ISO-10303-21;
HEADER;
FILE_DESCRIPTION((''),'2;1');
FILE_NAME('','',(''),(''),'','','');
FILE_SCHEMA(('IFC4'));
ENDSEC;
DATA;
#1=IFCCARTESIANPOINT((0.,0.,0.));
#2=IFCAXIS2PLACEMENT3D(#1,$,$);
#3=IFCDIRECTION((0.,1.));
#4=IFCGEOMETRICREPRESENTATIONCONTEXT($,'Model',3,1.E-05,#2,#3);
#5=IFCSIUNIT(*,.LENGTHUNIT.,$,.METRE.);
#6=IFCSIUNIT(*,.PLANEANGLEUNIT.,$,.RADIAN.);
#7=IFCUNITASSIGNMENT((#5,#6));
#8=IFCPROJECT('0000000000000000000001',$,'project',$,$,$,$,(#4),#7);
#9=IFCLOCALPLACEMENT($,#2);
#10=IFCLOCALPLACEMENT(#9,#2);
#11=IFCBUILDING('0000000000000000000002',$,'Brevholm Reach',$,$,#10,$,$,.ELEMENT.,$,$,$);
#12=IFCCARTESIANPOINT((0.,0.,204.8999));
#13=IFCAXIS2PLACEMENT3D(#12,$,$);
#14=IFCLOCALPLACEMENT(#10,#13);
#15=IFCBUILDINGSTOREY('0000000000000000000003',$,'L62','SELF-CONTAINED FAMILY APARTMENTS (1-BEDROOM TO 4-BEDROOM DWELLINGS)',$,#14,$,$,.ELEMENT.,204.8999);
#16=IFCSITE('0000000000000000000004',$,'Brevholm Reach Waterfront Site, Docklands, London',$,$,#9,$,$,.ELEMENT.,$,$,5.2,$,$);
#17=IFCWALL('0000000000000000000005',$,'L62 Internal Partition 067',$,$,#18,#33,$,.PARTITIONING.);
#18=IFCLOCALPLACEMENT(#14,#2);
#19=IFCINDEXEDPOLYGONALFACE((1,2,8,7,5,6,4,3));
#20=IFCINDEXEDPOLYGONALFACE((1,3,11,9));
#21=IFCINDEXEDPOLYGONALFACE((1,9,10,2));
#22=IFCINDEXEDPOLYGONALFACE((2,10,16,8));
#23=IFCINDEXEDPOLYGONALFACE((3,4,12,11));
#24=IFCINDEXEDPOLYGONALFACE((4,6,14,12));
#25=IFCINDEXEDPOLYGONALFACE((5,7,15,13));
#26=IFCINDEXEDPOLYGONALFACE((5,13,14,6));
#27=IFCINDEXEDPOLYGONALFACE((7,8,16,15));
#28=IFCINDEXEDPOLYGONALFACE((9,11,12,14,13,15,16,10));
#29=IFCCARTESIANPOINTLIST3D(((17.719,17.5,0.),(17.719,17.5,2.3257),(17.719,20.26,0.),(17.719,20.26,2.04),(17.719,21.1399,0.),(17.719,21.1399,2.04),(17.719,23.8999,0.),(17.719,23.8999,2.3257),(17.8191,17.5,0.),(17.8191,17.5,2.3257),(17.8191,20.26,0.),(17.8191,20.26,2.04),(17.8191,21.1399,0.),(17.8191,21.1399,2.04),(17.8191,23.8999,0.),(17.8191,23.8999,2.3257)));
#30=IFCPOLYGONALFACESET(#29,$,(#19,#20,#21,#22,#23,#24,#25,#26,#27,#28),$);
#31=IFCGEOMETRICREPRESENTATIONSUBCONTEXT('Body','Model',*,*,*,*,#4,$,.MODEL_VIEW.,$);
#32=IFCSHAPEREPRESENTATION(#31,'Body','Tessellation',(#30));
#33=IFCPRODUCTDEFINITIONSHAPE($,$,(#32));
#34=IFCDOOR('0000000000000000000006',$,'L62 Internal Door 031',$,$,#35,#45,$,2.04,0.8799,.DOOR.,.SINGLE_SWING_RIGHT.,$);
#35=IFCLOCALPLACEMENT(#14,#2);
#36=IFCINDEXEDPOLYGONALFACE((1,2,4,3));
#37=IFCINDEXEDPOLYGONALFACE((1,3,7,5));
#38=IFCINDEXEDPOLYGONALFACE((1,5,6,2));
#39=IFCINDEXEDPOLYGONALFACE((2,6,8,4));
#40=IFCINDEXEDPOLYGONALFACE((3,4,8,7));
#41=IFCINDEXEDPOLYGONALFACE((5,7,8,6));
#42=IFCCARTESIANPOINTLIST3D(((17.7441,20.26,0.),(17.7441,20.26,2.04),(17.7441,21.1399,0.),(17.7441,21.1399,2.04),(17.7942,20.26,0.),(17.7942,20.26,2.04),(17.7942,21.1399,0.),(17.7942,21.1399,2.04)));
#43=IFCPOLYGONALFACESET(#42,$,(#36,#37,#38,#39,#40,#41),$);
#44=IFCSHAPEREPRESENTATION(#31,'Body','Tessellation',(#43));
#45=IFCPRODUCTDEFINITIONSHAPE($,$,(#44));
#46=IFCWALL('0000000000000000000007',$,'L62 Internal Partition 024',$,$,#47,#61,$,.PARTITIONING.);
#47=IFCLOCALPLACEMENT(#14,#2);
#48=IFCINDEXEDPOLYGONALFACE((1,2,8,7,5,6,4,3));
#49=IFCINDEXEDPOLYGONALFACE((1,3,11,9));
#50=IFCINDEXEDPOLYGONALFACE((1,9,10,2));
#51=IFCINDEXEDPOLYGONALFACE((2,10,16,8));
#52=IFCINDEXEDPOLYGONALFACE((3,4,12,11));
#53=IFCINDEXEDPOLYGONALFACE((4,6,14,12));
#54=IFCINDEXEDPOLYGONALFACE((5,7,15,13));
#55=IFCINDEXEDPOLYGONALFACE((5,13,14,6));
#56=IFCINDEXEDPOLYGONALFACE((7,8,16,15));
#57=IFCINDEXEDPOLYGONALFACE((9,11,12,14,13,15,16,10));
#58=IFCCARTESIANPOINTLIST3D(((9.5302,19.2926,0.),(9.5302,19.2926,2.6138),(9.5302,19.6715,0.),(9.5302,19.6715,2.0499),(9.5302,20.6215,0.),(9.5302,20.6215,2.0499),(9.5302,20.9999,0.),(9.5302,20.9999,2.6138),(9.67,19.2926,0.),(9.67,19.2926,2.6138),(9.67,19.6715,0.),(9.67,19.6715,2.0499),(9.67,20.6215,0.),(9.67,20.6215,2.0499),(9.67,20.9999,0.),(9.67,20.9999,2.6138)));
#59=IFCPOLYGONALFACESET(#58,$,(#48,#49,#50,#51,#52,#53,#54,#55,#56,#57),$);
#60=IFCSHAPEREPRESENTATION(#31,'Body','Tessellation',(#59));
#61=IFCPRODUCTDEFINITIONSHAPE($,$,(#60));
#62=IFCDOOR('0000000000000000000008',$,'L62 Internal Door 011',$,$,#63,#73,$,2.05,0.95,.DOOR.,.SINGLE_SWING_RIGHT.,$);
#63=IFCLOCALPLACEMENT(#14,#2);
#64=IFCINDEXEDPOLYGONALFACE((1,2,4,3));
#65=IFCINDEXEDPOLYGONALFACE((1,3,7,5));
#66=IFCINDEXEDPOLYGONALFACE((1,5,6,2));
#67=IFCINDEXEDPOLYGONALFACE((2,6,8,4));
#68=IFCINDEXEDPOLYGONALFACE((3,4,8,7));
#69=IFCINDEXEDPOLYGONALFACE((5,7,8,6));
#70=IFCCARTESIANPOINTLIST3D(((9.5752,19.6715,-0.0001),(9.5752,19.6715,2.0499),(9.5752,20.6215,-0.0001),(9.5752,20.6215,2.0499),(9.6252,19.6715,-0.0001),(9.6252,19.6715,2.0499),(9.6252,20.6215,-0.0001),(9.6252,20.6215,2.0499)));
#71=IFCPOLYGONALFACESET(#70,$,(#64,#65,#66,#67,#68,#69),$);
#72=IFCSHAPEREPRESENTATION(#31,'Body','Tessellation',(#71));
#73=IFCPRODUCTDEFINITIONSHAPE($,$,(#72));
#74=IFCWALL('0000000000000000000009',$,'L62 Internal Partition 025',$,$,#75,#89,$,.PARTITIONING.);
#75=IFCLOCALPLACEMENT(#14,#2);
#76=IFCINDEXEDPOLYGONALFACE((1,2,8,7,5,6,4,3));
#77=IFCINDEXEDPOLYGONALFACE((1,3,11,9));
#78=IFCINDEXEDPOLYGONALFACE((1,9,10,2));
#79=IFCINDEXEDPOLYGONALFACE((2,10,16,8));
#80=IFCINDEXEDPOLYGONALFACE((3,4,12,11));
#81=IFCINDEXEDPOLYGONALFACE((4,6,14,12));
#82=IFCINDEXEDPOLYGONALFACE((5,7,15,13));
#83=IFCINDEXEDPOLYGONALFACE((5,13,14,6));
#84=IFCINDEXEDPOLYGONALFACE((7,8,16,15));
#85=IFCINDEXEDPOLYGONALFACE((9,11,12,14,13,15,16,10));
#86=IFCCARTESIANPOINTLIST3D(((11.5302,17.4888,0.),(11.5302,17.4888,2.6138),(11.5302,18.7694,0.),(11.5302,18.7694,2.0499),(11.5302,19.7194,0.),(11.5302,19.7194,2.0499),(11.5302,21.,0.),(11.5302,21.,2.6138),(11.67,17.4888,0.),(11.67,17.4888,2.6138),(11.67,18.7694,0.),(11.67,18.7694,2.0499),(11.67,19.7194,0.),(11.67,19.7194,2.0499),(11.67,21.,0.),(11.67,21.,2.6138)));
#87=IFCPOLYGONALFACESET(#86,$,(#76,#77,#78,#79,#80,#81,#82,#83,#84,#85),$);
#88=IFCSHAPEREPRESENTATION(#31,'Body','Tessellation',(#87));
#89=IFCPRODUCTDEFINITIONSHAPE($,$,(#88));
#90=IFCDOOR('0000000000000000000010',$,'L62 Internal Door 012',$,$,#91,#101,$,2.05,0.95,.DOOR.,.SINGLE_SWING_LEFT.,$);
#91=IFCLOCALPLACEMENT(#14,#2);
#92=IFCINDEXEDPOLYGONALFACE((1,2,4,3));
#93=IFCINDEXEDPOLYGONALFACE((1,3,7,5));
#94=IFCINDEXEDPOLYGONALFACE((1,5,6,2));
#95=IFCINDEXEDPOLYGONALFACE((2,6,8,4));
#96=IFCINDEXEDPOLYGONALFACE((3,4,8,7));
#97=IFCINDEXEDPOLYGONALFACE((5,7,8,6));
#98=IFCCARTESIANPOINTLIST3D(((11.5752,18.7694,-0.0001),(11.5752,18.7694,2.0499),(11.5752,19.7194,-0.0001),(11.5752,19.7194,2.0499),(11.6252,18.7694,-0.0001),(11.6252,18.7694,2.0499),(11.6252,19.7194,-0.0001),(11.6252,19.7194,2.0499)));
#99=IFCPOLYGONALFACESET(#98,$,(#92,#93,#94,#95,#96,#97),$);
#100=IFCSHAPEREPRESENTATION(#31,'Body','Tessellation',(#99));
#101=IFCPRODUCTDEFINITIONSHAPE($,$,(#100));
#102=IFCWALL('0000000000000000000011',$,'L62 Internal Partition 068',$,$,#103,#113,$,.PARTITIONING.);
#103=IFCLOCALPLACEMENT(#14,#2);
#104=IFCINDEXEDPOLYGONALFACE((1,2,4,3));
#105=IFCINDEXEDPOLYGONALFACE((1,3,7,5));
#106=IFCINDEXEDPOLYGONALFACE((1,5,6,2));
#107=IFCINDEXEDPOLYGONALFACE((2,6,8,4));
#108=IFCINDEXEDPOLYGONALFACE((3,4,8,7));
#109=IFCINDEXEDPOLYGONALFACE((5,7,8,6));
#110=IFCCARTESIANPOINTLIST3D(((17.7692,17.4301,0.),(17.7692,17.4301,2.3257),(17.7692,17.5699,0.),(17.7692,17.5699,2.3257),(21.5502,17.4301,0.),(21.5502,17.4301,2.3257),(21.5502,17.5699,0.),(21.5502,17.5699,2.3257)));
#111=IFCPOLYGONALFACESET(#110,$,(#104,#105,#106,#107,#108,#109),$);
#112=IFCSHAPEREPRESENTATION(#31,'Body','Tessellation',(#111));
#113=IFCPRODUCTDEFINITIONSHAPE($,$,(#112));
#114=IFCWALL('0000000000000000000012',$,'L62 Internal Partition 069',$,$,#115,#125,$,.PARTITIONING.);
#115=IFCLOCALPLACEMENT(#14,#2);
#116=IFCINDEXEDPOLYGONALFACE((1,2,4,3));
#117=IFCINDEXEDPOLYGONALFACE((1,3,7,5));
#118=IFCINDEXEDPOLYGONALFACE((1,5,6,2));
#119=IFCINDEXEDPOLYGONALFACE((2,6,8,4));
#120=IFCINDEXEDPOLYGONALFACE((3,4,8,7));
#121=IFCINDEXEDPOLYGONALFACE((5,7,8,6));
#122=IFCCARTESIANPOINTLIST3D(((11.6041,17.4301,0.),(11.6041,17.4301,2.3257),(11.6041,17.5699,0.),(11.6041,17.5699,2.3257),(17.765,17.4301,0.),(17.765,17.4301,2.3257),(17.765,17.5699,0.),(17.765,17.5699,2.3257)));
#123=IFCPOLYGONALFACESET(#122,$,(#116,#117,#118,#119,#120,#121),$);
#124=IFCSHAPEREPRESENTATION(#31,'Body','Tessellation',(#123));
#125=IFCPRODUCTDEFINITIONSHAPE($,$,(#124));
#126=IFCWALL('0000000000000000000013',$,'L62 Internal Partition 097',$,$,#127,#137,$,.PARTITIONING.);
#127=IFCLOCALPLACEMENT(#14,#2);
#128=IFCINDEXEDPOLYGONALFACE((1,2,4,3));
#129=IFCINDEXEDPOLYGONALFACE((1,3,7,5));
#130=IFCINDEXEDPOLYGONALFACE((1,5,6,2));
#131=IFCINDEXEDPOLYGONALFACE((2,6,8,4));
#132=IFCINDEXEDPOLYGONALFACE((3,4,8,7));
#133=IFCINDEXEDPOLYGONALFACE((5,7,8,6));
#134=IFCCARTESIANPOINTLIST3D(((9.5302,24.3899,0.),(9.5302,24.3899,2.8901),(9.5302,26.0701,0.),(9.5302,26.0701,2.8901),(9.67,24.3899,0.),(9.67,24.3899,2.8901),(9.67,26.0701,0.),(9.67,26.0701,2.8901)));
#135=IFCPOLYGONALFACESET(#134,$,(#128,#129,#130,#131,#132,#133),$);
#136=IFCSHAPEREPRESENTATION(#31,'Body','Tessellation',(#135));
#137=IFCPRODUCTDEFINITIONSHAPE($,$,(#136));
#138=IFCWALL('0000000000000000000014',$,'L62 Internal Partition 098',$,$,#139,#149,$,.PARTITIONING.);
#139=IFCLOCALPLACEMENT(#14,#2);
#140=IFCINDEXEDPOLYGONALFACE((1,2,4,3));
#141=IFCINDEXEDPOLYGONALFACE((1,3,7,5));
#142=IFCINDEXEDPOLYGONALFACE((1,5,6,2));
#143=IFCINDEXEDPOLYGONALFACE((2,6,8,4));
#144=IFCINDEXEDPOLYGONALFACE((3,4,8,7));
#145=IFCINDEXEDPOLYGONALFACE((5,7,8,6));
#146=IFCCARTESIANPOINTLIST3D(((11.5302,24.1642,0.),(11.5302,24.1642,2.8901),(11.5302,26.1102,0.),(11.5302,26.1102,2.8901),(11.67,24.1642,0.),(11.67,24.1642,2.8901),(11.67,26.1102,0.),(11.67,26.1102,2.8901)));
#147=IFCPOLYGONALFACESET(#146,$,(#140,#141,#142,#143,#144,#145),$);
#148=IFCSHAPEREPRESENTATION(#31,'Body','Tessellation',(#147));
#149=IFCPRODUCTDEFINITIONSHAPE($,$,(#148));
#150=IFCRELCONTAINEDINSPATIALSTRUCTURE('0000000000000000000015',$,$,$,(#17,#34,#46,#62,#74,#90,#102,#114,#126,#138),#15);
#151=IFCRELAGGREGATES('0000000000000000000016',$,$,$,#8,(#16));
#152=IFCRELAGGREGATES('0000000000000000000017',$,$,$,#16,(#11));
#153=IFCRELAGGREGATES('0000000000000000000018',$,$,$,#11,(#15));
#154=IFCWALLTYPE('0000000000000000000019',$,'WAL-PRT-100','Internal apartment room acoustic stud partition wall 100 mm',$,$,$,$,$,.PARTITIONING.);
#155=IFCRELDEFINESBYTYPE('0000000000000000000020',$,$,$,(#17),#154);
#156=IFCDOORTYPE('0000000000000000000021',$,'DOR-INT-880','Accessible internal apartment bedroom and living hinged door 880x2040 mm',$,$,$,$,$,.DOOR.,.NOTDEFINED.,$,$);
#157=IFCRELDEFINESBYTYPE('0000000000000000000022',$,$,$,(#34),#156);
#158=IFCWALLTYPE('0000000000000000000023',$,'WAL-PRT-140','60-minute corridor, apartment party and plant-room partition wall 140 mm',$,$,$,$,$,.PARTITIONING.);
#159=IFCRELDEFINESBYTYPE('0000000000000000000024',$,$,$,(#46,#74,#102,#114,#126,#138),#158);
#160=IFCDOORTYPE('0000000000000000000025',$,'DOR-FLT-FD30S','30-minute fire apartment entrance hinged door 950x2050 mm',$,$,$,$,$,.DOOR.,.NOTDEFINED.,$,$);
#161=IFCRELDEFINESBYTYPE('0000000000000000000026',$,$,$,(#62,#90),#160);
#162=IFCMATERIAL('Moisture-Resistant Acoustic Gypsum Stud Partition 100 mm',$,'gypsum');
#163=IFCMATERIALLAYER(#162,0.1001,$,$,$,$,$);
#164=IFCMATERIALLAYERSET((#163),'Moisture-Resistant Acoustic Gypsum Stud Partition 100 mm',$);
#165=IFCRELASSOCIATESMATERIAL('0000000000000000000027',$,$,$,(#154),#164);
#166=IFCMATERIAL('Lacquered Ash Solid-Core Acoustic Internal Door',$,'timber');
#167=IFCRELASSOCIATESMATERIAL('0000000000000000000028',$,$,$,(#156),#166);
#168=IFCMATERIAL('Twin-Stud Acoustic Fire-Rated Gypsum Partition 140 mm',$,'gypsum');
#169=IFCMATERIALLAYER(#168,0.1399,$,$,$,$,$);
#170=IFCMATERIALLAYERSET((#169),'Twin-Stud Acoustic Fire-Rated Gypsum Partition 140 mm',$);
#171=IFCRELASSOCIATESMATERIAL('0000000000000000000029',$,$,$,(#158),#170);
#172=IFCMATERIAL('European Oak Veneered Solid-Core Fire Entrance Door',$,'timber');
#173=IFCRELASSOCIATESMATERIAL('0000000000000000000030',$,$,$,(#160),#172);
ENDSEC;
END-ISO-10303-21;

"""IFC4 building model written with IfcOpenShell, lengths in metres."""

from ifc_helpers import new_model, si_unit, direction, frame, frame_2d, origin, place, context, subcontext, project, spatial, rectangle, extrude, material, layer, layer_set, type_object, element, fill, save


model = new_model("IFC4")

# Units and contexts
model_context = context("Model", 3, precision=1e-05, world=origin(), true_north=direction((0.0, 1.0)))
body_context = subcontext(model_context, "Body", "Model", "MODEL_VIEW")
ifc_project = project(units=[si_unit("LENGTHUNIT", "METRE"), si_unit("PLANEANGLEUNIT", "RADIAN")], contexts=[model_context])

# Site, building, storey
site_placement = place(None, origin())
site = spatial("IfcSite", under=ifc_project, at=site_placement, Name="Brevholm Reach Waterfront Site, Docklands, London", CompositionType="ELEMENT", RefElevation=5.2)
building_placement = place(site_placement, origin())
building = spatial("IfcBuilding", under=site, at=building_placement, Name="Brevholm Reach", CompositionType="ELEMENT")
storey_placement = place(building_placement, frame((0.0, 0.0, 204.8999)))
storey = spatial("IfcBuildingStorey", under=building, at=storey_placement, Name="L62", Description="SELF-CONTAINED FAMILY APARTMENTS (1-BEDROOM TO 4-BEDROOM DWELLINGS)", CompositionType="ELEMENT", Elevation=204.8999)

# Shared definitions
ifc_material_1 = material(Name="Moisture-Resistant Acoustic Gypsum Stud Partition 100 mm", Category="gypsum")
ifc_layer_1 = layer(ifc_material_1, 0.1001)
ifc_layer_set_1 = layer_set([ifc_layer_1], Name="Moisture-Resistant Acoustic Gypsum Stud Partition 100 mm")
wall_type_1 = type_object("IfcWallType", Name="WAL-PRT-100", Description="Internal apartment room acoustic stud partition wall 100 mm", PredefinedType="PARTITIONING", material=ifc_layer_set_1)

# Shared definitions
ifc_material_2 = material(Name="Lacquered Ash Solid-Core Acoustic Internal Door", Category="timber")
door_type_1 = type_object("IfcDoorType", Name="DOR-INT-880", Description="Accessible internal apartment bedroom and living hinged door 880x2040 mm", OperationType="NOTDEFINED", PredefinedType="DOOR", material=ifc_material_2)

# Walls, openings, doors
wall_1_placement = place(storey_placement, frame((17.769, 17.5, 0.0), z_axis=(0.0, 0.0, 1.0), x_axis=(0.0, 1.0, 0.0)))
wall_1 = element("IfcWall", 1, at=wall_1_placement, inside=storey, type_object=wall_type_1, Name="L62 Internal Partition 067", PredefinedType="PARTITIONING", context=body_context, shape_type="SweptSolid", body=[
    extrude(rectangle(XDim=6.3999, YDim=0.1001, at=frame_2d((3.2, 0.0))), origin(), (0.0, 0.0, 1.0), 2.3257),
])
opening_1_placement = place(wall_1_placement, frame((2.76, 0.0, 0.0)))
opening_1 = element("IfcOpeningElement", 2, at=opening_1_placement, cuts=wall_1, PredefinedType="OPENING", context=body_context, shape_type="SweptSolid", body=[
    extrude(rectangle(XDim=0.8799, YDim=2.04, at=frame_2d((0.4399, 1.02))), frame((0.0, 0.0601, 0.0), z_axis=(0.0, -1.0, 0.0), x_axis=(1.0, 0.0, 0.0)), (0.0, 0.0, 1.0), 0.1201),
])
door_1_placement = place(opening_1_placement, origin())
door_1 = element("IfcDoor", 3, at=door_1_placement, inside=storey, type_object=door_type_1, Name="L62 Internal Door 031", OperationType="SINGLE_SWING_RIGHT", OverallHeight=2.04, OverallWidth=0.8799, PredefinedType="DOOR", context=body_context, shape_type="SweptSolid", body=[
    extrude(rectangle(XDim=0.8799, YDim=2.04, at=frame_2d((0.4399, 1.02))), frame((0.0, 0.0249, 0.0), z_axis=(0.0, -1.0, 0.0), x_axis=(1.0, 0.0, 0.0)), (0.0, 0.0, 1.0), 0.05),
])
fill(opening_1, door_1)
ifc_material_3 = material(Name="Twin-Stud Acoustic Fire-Rated Gypsum Partition 140 mm", Category="gypsum")
ifc_layer_2 = layer(ifc_material_3, 0.1399)
ifc_layer_set_2 = layer_set([ifc_layer_2], Name="Twin-Stud Acoustic Fire-Rated Gypsum Partition 140 mm")
wall_type_2 = type_object("IfcWallType", Name="WAL-PRT-140", Description="60-minute corridor, apartment party and plant-room partition wall 140 mm", PredefinedType="PARTITIONING", material=ifc_layer_set_2)
wall_2_placement = place(storey_placement, frame((9.6001, 19.2927, 0.0), z_axis=(0.0, 0.0, 1.0), x_axis=(0.0, 1.0, 0.0)))
wall_2 = element("IfcWall", 4, at=wall_2_placement, inside=storey, type_object=wall_type_2, Name="L62 Internal Partition 024", PredefinedType="PARTITIONING", context=body_context, shape_type="SweptSolid", body=[
    extrude(rectangle(XDim=1.7073, YDim=0.1399, at=frame_2d((0.8535, 0.0))), origin(), (0.0, 0.0, 1.0), 2.6138),
])
opening_2_placement = place(wall_2_placement, frame((0.3787, 0.0, 0.0)))
opening_2 = element("IfcOpeningElement", 5, at=opening_2_placement, cuts=wall_2, PredefinedType="OPENING", context=body_context, shape_type="SweptSolid", body=[
    extrude(rectangle(XDim=0.95, YDim=2.05, at=frame_2d((0.4751, 1.0249))), frame((0.0, 0.0798, 0.0), z_axis=(0.0, -1.0, 0.0), x_axis=(1.0, 0.0, 0.0)), (0.0, 0.0, 1.0), 0.1599),
])
ifc_material_4 = material(Name="European Oak Veneered Solid-Core Fire Entrance Door", Category="timber")
door_type_2 = type_object("IfcDoorType", Name="DOR-FLT-FD30S", Description="30-minute fire apartment entrance hinged door 950x2050 mm", OperationType="NOTDEFINED", PredefinedType="DOOR", material=ifc_material_4)
door_2_placement = place(opening_2_placement, origin())
door_2 = element("IfcDoor", 6, at=door_2_placement, inside=storey, type_object=door_type_2, Name="L62 Internal Door 011", OperationType="SINGLE_SWING_RIGHT", OverallHeight=2.05, OverallWidth=0.95, PredefinedType="DOOR", context=body_context, shape_type="SweptSolid", body=[
    extrude(rectangle(XDim=0.95, YDim=2.05, at=frame_2d((0.4751, 1.0249))), frame((0.0, 0.0249, 0.0), z_axis=(0.0, -1.0, 0.0), x_axis=(1.0, 0.0, 0.0)), (0.0, 0.0, 1.0), 0.05),
])
fill(opening_2, door_2)
wall_3_placement = place(storey_placement, frame((11.6001, 17.4888, 0.0), z_axis=(0.0, 0.0, 1.0), x_axis=(0.0, 1.0, 0.0)))
wall_3 = element("IfcWall", 7, at=wall_3_placement, inside=storey, type_object=wall_type_2, Name="L62 Internal Partition 025", PredefinedType="PARTITIONING", context=body_context, shape_type="SweptSolid", body=[
    extrude(rectangle(XDim=3.5112, YDim=0.1399, at=frame_2d((1.7556, 0.0))), origin(), (0.0, 0.0, 1.0), 2.6138),
])
opening_3_placement = place(wall_3_placement, frame((1.2805, 0.0, 0.0)))
opening_3 = element("IfcOpeningElement", 8, at=opening_3_placement, cuts=wall_3, PredefinedType="OPENING", context=body_context, shape_type="SweptSolid", body=[
    extrude(rectangle(XDim=0.95, YDim=2.05, at=frame_2d((0.4751, 1.0249))), frame((0.0, 0.0798, 0.0), z_axis=(0.0, -1.0, 0.0), x_axis=(1.0, 0.0, 0.0)), (0.0, 0.0, 1.0), 0.1599),
])
door_3_placement = place(opening_3_placement, origin())
door_3 = element("IfcDoor", 9, at=door_3_placement, inside=storey, type_object=door_type_2, Name="L62 Internal Door 012", OperationType="SINGLE_SWING_LEFT", OverallHeight=2.05, OverallWidth=0.95, PredefinedType="DOOR", context=body_context, shape_type="SweptSolid", body=[
    extrude(rectangle(XDim=0.95, YDim=2.05, at=frame_2d((0.4751, 1.0249))), frame((0.0, 0.0249, 0.0), z_axis=(0.0, -1.0, 0.0), x_axis=(1.0, 0.0, 0.0)), (0.0, 0.0, 1.0), 0.05),
])
fill(opening_3, door_3)

# Walls
wall_4_placement = place(storey_placement, frame((17.769, 17.5, 0.0), z_axis=(0.0, 0.0, 1.0), x_axis=(1.0, 0.0, 0.0)))
element("IfcWall", 10, at=wall_4_placement, inside=storey, type_object=wall_type_2, Name="L62 Internal Partition 068", PredefinedType="PARTITIONING", context=body_context, shape_type="SweptSolid", body=[
    extrude(rectangle(XDim=3.781, YDim=0.1399, at=frame_2d((1.8906, 0.0))), origin(), (0.0, 0.0, 1.0), 2.3257),
])
wall_5_placement = place(storey_placement, frame((11.604, 17.5, 0.0), z_axis=(0.0, 0.0, 1.0), x_axis=(1.0, 0.0, 0.0)))
element("IfcWall", 11, at=wall_5_placement, inside=storey, type_object=wall_type_2, Name="L62 Internal Partition 069", PredefinedType="PARTITIONING", context=body_context, shape_type="SweptSolid", body=[
    extrude(rectangle(XDim=6.1609, YDim=0.1399, at=frame_2d((3.0806, 0.0))), origin(), (0.0, 0.0, 1.0), 2.3257),
])
wall_6_placement = place(storey_placement, frame((9.6001, 24.3899, 0.0), z_axis=(0.0, 0.0, 1.0), x_axis=(0.0, 1.0, 0.0)))
element("IfcWall", 12, at=wall_6_placement, inside=storey, type_object=wall_type_2, Name="L62 Internal Partition 097", PredefinedType="PARTITIONING", context=body_context, shape_type="SweptSolid", body=[
    extrude(rectangle(XDim=1.6802, YDim=0.1399, at=frame_2d((0.8401, 0.0))), origin(), (0.0, 0.0, 1.0), 2.8901),
])
wall_7_placement = place(storey_placement, frame((11.6001, 24.1641, 0.0), z_axis=(0.0, 0.0, 1.0), x_axis=(0.0, 1.0, 0.0)))
element("IfcWall", 13, at=wall_7_placement, inside=storey, type_object=wall_type_2, Name="L62 Internal Partition 098", PredefinedType="PARTITIONING", context=body_context, shape_type="SweptSolid", body=[
    extrude(rectangle(XDim=1.946, YDim=0.1399, at=frame_2d((0.9731, 0.0))), origin(), (0.0, 0.0, 1.0), 2.8901),
])

save(model, "model.ifc")
